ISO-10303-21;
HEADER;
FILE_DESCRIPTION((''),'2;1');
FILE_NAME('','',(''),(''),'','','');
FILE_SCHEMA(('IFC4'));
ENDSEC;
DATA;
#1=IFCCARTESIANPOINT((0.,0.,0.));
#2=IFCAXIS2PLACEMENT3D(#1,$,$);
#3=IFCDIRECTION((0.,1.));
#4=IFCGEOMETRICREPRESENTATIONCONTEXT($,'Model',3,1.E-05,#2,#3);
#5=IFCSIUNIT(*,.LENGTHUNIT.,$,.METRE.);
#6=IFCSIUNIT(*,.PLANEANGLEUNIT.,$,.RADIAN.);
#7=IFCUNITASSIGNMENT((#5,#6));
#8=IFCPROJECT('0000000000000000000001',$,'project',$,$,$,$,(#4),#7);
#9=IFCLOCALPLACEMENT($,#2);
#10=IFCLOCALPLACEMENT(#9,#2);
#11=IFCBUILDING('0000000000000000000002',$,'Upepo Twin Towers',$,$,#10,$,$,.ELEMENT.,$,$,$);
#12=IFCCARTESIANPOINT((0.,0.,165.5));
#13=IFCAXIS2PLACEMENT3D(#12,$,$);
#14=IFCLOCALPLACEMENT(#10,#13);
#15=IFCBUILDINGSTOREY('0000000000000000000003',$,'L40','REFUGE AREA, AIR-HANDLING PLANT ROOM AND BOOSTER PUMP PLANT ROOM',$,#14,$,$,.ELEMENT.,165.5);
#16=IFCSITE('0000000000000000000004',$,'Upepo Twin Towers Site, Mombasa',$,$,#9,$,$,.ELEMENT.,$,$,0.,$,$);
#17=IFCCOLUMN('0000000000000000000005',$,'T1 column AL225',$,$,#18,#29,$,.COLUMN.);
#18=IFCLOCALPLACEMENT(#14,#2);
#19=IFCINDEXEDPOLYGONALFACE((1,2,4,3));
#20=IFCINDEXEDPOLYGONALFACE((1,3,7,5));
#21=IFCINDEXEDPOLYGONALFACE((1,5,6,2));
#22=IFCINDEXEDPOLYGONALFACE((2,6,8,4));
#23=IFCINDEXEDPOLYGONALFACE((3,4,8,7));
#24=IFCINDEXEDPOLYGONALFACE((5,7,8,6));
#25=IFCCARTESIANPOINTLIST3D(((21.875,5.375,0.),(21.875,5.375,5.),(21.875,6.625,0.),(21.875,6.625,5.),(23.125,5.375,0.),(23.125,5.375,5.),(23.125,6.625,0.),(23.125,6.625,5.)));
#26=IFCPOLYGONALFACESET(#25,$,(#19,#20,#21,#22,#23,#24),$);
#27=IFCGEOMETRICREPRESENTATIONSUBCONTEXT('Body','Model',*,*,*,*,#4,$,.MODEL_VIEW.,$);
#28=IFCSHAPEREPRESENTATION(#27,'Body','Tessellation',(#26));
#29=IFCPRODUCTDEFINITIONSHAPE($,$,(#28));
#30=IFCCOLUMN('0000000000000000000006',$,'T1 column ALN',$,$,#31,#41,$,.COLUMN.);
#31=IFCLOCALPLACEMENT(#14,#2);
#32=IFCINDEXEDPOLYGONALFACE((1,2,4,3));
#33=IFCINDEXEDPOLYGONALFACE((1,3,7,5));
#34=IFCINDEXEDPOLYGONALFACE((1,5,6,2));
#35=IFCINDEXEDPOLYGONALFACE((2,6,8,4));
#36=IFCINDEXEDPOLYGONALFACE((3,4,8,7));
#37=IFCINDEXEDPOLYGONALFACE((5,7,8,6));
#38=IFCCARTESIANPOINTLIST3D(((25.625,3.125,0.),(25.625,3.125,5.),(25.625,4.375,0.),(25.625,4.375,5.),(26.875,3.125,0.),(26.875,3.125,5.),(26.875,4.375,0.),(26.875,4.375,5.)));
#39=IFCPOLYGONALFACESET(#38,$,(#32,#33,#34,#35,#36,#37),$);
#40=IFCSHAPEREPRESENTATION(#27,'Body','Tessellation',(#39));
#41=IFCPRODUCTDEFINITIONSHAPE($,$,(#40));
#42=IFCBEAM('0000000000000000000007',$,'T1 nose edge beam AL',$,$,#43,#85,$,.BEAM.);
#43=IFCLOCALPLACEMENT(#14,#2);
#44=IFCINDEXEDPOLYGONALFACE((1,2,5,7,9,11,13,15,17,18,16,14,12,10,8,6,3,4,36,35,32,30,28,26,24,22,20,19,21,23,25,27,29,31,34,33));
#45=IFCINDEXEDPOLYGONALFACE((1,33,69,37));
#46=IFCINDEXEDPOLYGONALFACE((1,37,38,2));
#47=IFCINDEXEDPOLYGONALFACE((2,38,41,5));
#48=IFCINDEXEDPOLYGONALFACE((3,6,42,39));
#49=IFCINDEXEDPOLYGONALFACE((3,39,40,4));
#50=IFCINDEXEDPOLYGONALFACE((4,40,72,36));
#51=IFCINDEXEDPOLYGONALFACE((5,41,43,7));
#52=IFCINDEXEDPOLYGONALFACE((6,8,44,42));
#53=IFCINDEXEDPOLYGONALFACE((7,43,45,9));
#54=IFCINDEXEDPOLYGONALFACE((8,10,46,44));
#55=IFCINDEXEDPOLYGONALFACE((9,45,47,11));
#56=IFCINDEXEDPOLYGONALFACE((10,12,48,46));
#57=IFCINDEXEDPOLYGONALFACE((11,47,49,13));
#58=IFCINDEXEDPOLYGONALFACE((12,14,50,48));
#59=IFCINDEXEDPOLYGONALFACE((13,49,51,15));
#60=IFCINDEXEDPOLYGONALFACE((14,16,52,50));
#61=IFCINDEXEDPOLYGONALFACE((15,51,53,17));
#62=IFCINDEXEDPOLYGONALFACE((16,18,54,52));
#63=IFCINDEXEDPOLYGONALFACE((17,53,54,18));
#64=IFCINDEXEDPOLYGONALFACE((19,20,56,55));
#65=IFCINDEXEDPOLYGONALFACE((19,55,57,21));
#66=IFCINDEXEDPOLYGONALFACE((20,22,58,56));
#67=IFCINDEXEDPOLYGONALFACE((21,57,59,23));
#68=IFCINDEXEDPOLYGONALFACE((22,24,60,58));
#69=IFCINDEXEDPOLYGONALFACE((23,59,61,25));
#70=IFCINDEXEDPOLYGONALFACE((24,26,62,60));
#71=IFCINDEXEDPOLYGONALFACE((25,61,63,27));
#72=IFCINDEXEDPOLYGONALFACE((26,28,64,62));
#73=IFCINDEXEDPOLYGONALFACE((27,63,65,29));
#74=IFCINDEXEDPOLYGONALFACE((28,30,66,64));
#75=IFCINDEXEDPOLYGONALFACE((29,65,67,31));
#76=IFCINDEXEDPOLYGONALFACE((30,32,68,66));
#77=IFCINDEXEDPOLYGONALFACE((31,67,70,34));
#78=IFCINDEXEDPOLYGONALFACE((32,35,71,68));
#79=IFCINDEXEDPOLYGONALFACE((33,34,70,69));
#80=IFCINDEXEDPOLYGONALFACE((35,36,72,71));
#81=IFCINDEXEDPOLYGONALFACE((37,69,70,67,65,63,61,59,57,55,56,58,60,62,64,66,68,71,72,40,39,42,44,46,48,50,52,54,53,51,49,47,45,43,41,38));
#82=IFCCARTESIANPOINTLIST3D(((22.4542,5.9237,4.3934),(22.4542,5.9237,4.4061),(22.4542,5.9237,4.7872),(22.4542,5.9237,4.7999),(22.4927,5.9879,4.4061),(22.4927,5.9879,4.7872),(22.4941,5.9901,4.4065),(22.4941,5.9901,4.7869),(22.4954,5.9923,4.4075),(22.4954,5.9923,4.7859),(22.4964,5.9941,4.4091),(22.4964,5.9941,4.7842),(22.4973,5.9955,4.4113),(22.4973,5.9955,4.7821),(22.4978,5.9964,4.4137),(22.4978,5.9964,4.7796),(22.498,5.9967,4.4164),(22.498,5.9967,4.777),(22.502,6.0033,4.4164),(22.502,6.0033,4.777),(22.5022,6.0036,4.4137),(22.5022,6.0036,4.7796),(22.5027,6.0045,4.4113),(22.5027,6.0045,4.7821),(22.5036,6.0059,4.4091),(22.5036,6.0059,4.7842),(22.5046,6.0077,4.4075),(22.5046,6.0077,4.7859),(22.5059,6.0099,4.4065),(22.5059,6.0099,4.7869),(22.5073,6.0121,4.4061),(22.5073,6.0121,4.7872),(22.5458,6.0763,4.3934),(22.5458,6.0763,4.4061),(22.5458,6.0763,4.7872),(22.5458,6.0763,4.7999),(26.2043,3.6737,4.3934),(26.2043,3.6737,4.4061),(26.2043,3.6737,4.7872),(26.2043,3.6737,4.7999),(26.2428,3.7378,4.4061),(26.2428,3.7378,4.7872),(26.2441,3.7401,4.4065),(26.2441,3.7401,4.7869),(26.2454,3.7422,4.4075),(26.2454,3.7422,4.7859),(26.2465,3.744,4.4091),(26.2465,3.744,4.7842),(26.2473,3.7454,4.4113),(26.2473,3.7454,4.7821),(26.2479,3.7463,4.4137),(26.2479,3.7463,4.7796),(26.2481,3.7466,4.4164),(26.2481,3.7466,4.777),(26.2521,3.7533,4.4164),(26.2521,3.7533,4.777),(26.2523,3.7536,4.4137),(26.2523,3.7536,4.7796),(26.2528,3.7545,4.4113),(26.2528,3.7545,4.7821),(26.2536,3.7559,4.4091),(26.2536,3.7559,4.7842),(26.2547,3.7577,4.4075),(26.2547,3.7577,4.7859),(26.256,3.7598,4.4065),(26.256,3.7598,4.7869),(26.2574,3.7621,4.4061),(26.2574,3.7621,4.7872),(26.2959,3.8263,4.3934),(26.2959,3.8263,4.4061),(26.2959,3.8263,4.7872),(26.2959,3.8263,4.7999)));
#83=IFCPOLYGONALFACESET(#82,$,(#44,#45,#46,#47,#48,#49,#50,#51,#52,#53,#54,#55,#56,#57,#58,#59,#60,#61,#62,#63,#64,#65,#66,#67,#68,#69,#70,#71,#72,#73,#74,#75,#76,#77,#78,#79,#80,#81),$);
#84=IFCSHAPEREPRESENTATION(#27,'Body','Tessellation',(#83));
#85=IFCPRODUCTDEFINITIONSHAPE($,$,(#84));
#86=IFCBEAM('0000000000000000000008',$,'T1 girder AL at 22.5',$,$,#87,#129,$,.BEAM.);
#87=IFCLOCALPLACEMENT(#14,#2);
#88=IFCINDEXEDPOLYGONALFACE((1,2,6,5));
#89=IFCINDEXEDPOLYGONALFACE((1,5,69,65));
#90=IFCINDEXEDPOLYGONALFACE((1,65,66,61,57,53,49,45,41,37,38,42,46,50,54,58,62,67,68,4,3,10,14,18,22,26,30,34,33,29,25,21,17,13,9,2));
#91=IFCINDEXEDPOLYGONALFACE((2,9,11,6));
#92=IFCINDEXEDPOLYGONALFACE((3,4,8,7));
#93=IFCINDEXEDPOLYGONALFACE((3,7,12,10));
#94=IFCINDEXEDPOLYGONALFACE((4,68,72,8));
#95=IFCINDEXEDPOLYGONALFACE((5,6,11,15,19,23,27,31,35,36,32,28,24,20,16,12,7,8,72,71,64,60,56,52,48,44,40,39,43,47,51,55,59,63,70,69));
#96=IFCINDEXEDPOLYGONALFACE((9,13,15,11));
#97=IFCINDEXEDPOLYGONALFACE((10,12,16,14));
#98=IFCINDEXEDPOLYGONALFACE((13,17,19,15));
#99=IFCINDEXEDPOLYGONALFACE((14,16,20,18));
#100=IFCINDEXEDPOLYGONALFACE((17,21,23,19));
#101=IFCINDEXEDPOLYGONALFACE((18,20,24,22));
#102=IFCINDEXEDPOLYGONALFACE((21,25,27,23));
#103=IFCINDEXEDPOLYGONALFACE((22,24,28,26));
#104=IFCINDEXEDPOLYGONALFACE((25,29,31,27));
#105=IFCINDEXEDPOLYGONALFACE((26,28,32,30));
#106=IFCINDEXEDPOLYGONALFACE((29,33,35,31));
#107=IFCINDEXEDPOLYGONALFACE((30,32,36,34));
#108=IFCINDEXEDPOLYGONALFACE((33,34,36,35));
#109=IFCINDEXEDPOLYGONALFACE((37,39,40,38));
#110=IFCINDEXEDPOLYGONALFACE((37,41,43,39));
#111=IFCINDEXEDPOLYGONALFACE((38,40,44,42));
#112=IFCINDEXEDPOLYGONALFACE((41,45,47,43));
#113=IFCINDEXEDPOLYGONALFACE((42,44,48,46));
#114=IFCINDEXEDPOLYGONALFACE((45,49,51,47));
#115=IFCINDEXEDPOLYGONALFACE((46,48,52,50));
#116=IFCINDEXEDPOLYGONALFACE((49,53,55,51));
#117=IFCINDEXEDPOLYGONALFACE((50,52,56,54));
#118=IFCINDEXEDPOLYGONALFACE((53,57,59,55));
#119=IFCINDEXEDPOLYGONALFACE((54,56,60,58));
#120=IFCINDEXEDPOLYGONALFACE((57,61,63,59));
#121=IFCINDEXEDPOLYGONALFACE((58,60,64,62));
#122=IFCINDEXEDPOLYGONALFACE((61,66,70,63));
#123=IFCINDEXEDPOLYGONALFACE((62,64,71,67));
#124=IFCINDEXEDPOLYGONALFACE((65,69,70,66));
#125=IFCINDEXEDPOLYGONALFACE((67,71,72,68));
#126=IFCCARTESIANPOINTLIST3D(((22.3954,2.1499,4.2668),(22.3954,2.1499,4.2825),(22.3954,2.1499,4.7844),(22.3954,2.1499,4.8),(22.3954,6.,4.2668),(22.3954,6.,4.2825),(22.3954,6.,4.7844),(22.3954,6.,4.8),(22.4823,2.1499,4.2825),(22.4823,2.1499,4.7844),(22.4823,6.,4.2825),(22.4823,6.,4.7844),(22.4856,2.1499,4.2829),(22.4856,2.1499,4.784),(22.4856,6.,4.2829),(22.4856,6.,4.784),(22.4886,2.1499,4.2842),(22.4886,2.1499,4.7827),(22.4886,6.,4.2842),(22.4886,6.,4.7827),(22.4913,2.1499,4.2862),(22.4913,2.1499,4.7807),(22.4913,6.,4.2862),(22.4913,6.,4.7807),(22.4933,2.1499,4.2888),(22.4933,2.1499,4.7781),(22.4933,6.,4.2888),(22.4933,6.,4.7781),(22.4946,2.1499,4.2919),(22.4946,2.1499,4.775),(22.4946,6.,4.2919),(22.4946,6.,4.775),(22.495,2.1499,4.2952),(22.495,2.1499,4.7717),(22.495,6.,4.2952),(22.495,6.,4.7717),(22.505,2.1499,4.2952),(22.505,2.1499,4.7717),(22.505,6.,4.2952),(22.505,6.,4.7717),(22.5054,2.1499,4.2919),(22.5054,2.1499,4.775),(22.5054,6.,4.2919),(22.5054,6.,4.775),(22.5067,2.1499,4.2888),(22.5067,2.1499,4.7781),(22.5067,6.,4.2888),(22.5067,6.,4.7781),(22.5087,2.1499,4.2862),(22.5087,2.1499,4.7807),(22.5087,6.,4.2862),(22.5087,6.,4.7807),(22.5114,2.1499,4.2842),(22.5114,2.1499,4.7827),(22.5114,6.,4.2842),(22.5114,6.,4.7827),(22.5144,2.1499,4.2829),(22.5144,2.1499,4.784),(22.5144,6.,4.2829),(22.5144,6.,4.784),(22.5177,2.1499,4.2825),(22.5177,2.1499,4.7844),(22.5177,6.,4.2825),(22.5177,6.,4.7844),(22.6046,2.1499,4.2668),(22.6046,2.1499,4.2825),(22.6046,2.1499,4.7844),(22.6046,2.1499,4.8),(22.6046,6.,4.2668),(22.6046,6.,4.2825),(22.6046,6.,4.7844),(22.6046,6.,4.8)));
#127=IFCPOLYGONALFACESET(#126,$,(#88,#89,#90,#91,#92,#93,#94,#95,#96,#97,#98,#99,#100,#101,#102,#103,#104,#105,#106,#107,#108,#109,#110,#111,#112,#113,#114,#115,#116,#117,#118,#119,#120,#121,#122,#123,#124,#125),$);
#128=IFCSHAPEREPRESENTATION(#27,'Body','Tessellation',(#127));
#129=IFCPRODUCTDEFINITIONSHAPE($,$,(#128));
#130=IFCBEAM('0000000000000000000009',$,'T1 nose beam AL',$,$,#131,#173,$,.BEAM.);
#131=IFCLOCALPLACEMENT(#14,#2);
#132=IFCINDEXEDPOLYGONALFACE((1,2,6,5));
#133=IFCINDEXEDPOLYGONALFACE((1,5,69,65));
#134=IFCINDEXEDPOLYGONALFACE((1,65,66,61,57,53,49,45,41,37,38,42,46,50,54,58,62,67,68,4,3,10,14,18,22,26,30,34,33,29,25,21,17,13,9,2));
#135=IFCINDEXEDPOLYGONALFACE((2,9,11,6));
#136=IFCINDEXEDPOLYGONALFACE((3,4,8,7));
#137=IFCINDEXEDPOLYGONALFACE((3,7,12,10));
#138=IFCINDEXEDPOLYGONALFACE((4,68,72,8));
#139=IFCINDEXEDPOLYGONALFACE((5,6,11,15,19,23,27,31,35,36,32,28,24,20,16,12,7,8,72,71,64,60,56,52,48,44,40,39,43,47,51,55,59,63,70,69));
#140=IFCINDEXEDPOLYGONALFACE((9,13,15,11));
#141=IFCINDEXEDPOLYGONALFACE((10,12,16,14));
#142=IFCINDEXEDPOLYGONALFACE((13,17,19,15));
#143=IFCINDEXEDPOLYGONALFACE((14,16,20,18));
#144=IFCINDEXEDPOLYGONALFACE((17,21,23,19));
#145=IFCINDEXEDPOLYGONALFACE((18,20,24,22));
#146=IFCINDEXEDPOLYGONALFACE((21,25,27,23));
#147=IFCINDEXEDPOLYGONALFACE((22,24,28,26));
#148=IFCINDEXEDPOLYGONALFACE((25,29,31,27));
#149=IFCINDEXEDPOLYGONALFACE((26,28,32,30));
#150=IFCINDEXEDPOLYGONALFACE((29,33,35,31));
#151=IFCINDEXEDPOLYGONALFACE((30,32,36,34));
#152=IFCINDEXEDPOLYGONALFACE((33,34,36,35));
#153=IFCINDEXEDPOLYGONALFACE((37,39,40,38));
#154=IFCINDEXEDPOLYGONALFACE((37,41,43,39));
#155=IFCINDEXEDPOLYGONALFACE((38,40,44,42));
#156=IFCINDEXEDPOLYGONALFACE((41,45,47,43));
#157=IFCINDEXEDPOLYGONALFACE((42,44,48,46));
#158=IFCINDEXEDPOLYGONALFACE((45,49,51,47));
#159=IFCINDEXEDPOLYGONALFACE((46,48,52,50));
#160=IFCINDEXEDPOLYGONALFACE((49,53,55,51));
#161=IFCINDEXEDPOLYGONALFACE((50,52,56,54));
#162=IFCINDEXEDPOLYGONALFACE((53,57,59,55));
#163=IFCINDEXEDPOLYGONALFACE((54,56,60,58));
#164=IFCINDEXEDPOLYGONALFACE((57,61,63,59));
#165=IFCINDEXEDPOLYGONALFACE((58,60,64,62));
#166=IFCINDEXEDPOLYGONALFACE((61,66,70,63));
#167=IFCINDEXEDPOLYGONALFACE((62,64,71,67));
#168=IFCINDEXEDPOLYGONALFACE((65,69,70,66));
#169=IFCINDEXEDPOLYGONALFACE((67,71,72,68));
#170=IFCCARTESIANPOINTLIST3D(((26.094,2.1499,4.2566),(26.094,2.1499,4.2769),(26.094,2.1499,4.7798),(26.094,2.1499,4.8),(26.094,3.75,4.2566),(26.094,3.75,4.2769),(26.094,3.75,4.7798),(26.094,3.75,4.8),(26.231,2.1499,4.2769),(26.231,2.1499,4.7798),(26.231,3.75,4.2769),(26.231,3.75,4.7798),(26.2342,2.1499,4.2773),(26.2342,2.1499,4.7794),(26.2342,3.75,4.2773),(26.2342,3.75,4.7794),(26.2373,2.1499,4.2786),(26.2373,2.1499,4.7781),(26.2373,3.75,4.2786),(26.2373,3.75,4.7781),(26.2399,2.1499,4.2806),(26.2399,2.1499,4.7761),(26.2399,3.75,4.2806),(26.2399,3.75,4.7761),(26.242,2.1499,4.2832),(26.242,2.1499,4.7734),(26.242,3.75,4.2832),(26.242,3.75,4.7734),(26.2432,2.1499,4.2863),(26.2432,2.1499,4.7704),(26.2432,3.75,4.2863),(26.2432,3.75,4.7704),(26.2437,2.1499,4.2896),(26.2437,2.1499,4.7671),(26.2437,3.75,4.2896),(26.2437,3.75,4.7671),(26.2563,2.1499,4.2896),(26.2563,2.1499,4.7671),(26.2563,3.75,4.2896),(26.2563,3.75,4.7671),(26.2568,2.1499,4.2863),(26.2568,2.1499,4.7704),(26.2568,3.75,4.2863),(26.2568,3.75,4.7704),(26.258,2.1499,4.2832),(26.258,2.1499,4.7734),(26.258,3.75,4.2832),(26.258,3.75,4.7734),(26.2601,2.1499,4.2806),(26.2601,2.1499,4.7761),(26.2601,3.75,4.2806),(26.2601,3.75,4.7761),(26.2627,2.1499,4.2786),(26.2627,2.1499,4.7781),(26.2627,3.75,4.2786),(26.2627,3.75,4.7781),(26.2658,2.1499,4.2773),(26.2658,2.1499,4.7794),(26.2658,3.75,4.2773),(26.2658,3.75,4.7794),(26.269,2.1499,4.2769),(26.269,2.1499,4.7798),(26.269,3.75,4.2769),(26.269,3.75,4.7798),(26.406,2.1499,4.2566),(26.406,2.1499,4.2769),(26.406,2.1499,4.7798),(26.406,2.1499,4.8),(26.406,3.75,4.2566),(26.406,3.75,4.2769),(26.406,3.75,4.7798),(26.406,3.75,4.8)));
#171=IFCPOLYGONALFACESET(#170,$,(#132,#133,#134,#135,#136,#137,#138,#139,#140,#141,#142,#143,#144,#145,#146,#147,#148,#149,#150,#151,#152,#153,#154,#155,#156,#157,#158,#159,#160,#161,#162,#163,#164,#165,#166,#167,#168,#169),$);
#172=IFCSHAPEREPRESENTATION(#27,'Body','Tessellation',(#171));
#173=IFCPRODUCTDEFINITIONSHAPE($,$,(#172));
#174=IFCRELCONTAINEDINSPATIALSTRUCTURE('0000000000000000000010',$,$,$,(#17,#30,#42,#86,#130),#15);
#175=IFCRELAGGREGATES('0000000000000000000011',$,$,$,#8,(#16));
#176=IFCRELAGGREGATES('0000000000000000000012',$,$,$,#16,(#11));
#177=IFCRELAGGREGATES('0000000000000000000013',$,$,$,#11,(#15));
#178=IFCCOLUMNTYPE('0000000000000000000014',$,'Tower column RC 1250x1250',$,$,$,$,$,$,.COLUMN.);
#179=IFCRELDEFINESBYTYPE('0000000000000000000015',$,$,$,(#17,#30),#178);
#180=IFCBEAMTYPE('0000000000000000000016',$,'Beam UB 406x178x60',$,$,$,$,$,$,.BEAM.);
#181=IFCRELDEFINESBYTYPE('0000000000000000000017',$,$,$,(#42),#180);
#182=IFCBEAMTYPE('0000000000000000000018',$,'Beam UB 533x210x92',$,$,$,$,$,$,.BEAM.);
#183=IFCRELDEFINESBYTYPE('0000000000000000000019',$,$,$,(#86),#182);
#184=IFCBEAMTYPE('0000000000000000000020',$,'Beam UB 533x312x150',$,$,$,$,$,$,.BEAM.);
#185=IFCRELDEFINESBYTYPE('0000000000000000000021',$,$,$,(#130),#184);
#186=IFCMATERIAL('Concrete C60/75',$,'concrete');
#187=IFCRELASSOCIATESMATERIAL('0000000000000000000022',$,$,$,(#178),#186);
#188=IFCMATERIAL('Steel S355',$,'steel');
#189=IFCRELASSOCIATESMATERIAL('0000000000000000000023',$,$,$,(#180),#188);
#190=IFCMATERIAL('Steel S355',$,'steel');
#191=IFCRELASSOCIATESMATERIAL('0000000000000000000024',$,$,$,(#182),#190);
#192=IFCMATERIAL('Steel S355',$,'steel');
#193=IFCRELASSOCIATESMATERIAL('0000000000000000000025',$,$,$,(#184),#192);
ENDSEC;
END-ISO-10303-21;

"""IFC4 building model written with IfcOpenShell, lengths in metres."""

from ifc_helpers import new_model, si_unit, direction, frame, origin, origin_2d, place, context, subcontext, project, spatial, rectangle, i_section, extrude, material, material_profile, profile_set, type_object, element, save


model = new_model("IFC4")

# Units and contexts
model_context = context("Model", 3, precision=1e-05, world=origin(), true_north=direction((0.0, 1.0)))
body_context = subcontext(model_context, "Body", "Model", "MODEL_VIEW")
ifc_project = project(units=[si_unit("LENGTHUNIT", "METRE"), si_unit("PLANEANGLEUNIT", "RADIAN")], contexts=[model_context])

# Site, building, storey
site_placement = place(None, origin())
site = spatial("IfcSite", under=ifc_project, at=site_placement, Name="Upepo Twin Towers Site, Mombasa", CompositionType="ELEMENT", RefElevation=0.0)
building_placement = place(site_placement, origin())
building = spatial("IfcBuilding", under=site, at=building_placement, Name="Upepo Twin Towers", CompositionType="ELEMENT")
storey_placement = place(building_placement, frame((0.0, 0.0, 165.5)))
storey = spatial("IfcBuildingStorey", under=building, at=storey_placement, Name="L40", Description="REFUGE AREA, AIR-HANDLING PLANT ROOM AND BOOSTER PUMP PLANT ROOM", CompositionType="ELEMENT", Elevation=165.5)

# Columns
ifc_material_1 = material(Name="Concrete C60/75", Category="concrete")
ifc_material_profile_1 = material_profile(ifc_material_1, rectangle(XDim=1.25, YDim=1.25, at=origin_2d()), Name="RC 1250x1250")
ifc_profile_set_1 = profile_set([ifc_material_profile_1], Name="Concrete C60/75")
column_type = type_object("IfcColumnType", Name="Tower column RC 1250x1250", PredefinedType="COLUMN", material=ifc_profile_set_1)
for number, where, z_axis, x_axis, name in (
    (1, (22.5, 6.0, 0.0), (0.0, 0.0, 1.0), (1.0, 0.0, 0.0), "T1 column AL225"),
    (2, (26.25, 3.75, 0.0), (0.0, 0.0, 1.0), (1.0, 0.0, 0.0), "T1 column ALN"),
):
    element("IfcColumn", number, at=place(storey_placement, frame(where, z_axis=z_axis, x_axis=x_axis)), inside=storey, type_object=column_type, Name=name, PredefinedType="COLUMN", context=body_context, shape_type="SweptSolid", body=[
        extrude(rectangle(XDim=1.25, YDim=1.25, at=origin_2d()), origin(), (0.0, 0.0, 1.0), 5.0),
    ])

# Beams
ifc_material_2 = material(Name="Steel S355", Category="steel")
ifc_material_profile_2 = material_profile(ifc_material_2, i_section(OverallWidth=0.178, OverallDepth=0.4065, WebThickness=0.0078, FlangeThickness=0.0127, FilletRadius=0.0103, at=origin_2d()), Name="UB 406x178x60")
ifc_profile_set_2 = profile_set([ifc_material_profile_2], Name="Steel S355")
beam_type_1 = type_object("IfcBeamType", Name="Beam UB 406x178x60", PredefinedType="BEAM", material=ifc_profile_set_2)
beam_1_placement = place(storey_placement, frame((22.5, 6.0, 4.5967), z_axis=(0.857493, -0.514496, 0.0), x_axis=(0.514496, 0.857493, 0.0)))
element("IfcBeam", 3, at=beam_1_placement, inside=storey, type_object=beam_type_1, Name="T1 nose edge beam AL", PredefinedType="BEAM", context=body_context, shape_type="SweptSolid", body=[
    extrude(i_section(OverallWidth=0.178, OverallDepth=0.4065, WebThickness=0.0078, FlangeThickness=0.0127, FilletRadius=0.0103, at=origin_2d()), origin(), (0.0, 0.0, 1.0), 4.3733),
])
ifc_material_3 = material(Name="Steel S355", Category="steel")
ifc_material_profile_3 = material_profile(ifc_material_3, i_section(OverallWidth=0.2092, OverallDepth=0.5332, WebThickness=0.01, FlangeThickness=0.0156, FilletRadius=0.0127, at=origin_2d()), Name="UB 533x210x92")
ifc_profile_set_3 = profile_set([ifc_material_profile_3], Name="Steel S355")
beam_type_2 = type_object("IfcBeamType", Name="Beam UB 533x210x92", PredefinedType="BEAM", material=ifc_profile_set_3)
beam_2_placement = place(storey_placement, frame((22.5, 6.0, 4.5334), z_axis=(0.0, -1.0, 0.0), x_axis=(1.0, 0.0, 0.0)))
element("IfcBeam", 4, at=beam_2_placement, inside=storey, type_object=beam_type_2, Name="T1 girder AL at 22.5", PredefinedType="BEAM", context=body_context, shape_type="SweptSolid", body=[
    extrude(i_section(OverallWidth=0.2092, OverallDepth=0.5332, WebThickness=0.01, FlangeThickness=0.0156, FilletRadius=0.0127, at=origin_2d()), origin(), (0.0, 0.0, 1.0), 3.8501),
])
ifc_material_4 = material(Name="Steel S355", Category="steel")
ifc_material_profile_4 = material_profile(ifc_material_4, i_section(OverallWidth=0.312, OverallDepth=0.5435, WebThickness=0.0127, FlangeThickness=0.0203, FilletRadius=0.0127, at=origin_2d()), Name="UB 533x312x150")
ifc_profile_set_4 = profile_set([ifc_material_profile_4], Name="Steel S355")
beam_type_3 = type_object("IfcBeamType", Name="Beam UB 533x312x150", PredefinedType="BEAM", material=ifc_profile_set_4)
beam_3_placement = place(storey_placement, frame((26.25, 3.75, 4.5283), z_axis=(0.0, -1.0, 0.0), x_axis=(1.0, 0.0, 0.0)))
element("IfcBeam", 5, at=beam_3_placement, inside=storey, type_object=beam_type_3, Name="T1 nose beam AL", PredefinedType="BEAM", context=body_context, shape_type="SweptSolid", body=[
    extrude(i_section(OverallWidth=0.312, OverallDepth=0.5435, WebThickness=0.0127, FlangeThickness=0.0203, FilletRadius=0.0127, at=origin_2d()), origin(), (0.0, 0.0, 1.0), 1.6001),
])

save(model, "model.ifc")
